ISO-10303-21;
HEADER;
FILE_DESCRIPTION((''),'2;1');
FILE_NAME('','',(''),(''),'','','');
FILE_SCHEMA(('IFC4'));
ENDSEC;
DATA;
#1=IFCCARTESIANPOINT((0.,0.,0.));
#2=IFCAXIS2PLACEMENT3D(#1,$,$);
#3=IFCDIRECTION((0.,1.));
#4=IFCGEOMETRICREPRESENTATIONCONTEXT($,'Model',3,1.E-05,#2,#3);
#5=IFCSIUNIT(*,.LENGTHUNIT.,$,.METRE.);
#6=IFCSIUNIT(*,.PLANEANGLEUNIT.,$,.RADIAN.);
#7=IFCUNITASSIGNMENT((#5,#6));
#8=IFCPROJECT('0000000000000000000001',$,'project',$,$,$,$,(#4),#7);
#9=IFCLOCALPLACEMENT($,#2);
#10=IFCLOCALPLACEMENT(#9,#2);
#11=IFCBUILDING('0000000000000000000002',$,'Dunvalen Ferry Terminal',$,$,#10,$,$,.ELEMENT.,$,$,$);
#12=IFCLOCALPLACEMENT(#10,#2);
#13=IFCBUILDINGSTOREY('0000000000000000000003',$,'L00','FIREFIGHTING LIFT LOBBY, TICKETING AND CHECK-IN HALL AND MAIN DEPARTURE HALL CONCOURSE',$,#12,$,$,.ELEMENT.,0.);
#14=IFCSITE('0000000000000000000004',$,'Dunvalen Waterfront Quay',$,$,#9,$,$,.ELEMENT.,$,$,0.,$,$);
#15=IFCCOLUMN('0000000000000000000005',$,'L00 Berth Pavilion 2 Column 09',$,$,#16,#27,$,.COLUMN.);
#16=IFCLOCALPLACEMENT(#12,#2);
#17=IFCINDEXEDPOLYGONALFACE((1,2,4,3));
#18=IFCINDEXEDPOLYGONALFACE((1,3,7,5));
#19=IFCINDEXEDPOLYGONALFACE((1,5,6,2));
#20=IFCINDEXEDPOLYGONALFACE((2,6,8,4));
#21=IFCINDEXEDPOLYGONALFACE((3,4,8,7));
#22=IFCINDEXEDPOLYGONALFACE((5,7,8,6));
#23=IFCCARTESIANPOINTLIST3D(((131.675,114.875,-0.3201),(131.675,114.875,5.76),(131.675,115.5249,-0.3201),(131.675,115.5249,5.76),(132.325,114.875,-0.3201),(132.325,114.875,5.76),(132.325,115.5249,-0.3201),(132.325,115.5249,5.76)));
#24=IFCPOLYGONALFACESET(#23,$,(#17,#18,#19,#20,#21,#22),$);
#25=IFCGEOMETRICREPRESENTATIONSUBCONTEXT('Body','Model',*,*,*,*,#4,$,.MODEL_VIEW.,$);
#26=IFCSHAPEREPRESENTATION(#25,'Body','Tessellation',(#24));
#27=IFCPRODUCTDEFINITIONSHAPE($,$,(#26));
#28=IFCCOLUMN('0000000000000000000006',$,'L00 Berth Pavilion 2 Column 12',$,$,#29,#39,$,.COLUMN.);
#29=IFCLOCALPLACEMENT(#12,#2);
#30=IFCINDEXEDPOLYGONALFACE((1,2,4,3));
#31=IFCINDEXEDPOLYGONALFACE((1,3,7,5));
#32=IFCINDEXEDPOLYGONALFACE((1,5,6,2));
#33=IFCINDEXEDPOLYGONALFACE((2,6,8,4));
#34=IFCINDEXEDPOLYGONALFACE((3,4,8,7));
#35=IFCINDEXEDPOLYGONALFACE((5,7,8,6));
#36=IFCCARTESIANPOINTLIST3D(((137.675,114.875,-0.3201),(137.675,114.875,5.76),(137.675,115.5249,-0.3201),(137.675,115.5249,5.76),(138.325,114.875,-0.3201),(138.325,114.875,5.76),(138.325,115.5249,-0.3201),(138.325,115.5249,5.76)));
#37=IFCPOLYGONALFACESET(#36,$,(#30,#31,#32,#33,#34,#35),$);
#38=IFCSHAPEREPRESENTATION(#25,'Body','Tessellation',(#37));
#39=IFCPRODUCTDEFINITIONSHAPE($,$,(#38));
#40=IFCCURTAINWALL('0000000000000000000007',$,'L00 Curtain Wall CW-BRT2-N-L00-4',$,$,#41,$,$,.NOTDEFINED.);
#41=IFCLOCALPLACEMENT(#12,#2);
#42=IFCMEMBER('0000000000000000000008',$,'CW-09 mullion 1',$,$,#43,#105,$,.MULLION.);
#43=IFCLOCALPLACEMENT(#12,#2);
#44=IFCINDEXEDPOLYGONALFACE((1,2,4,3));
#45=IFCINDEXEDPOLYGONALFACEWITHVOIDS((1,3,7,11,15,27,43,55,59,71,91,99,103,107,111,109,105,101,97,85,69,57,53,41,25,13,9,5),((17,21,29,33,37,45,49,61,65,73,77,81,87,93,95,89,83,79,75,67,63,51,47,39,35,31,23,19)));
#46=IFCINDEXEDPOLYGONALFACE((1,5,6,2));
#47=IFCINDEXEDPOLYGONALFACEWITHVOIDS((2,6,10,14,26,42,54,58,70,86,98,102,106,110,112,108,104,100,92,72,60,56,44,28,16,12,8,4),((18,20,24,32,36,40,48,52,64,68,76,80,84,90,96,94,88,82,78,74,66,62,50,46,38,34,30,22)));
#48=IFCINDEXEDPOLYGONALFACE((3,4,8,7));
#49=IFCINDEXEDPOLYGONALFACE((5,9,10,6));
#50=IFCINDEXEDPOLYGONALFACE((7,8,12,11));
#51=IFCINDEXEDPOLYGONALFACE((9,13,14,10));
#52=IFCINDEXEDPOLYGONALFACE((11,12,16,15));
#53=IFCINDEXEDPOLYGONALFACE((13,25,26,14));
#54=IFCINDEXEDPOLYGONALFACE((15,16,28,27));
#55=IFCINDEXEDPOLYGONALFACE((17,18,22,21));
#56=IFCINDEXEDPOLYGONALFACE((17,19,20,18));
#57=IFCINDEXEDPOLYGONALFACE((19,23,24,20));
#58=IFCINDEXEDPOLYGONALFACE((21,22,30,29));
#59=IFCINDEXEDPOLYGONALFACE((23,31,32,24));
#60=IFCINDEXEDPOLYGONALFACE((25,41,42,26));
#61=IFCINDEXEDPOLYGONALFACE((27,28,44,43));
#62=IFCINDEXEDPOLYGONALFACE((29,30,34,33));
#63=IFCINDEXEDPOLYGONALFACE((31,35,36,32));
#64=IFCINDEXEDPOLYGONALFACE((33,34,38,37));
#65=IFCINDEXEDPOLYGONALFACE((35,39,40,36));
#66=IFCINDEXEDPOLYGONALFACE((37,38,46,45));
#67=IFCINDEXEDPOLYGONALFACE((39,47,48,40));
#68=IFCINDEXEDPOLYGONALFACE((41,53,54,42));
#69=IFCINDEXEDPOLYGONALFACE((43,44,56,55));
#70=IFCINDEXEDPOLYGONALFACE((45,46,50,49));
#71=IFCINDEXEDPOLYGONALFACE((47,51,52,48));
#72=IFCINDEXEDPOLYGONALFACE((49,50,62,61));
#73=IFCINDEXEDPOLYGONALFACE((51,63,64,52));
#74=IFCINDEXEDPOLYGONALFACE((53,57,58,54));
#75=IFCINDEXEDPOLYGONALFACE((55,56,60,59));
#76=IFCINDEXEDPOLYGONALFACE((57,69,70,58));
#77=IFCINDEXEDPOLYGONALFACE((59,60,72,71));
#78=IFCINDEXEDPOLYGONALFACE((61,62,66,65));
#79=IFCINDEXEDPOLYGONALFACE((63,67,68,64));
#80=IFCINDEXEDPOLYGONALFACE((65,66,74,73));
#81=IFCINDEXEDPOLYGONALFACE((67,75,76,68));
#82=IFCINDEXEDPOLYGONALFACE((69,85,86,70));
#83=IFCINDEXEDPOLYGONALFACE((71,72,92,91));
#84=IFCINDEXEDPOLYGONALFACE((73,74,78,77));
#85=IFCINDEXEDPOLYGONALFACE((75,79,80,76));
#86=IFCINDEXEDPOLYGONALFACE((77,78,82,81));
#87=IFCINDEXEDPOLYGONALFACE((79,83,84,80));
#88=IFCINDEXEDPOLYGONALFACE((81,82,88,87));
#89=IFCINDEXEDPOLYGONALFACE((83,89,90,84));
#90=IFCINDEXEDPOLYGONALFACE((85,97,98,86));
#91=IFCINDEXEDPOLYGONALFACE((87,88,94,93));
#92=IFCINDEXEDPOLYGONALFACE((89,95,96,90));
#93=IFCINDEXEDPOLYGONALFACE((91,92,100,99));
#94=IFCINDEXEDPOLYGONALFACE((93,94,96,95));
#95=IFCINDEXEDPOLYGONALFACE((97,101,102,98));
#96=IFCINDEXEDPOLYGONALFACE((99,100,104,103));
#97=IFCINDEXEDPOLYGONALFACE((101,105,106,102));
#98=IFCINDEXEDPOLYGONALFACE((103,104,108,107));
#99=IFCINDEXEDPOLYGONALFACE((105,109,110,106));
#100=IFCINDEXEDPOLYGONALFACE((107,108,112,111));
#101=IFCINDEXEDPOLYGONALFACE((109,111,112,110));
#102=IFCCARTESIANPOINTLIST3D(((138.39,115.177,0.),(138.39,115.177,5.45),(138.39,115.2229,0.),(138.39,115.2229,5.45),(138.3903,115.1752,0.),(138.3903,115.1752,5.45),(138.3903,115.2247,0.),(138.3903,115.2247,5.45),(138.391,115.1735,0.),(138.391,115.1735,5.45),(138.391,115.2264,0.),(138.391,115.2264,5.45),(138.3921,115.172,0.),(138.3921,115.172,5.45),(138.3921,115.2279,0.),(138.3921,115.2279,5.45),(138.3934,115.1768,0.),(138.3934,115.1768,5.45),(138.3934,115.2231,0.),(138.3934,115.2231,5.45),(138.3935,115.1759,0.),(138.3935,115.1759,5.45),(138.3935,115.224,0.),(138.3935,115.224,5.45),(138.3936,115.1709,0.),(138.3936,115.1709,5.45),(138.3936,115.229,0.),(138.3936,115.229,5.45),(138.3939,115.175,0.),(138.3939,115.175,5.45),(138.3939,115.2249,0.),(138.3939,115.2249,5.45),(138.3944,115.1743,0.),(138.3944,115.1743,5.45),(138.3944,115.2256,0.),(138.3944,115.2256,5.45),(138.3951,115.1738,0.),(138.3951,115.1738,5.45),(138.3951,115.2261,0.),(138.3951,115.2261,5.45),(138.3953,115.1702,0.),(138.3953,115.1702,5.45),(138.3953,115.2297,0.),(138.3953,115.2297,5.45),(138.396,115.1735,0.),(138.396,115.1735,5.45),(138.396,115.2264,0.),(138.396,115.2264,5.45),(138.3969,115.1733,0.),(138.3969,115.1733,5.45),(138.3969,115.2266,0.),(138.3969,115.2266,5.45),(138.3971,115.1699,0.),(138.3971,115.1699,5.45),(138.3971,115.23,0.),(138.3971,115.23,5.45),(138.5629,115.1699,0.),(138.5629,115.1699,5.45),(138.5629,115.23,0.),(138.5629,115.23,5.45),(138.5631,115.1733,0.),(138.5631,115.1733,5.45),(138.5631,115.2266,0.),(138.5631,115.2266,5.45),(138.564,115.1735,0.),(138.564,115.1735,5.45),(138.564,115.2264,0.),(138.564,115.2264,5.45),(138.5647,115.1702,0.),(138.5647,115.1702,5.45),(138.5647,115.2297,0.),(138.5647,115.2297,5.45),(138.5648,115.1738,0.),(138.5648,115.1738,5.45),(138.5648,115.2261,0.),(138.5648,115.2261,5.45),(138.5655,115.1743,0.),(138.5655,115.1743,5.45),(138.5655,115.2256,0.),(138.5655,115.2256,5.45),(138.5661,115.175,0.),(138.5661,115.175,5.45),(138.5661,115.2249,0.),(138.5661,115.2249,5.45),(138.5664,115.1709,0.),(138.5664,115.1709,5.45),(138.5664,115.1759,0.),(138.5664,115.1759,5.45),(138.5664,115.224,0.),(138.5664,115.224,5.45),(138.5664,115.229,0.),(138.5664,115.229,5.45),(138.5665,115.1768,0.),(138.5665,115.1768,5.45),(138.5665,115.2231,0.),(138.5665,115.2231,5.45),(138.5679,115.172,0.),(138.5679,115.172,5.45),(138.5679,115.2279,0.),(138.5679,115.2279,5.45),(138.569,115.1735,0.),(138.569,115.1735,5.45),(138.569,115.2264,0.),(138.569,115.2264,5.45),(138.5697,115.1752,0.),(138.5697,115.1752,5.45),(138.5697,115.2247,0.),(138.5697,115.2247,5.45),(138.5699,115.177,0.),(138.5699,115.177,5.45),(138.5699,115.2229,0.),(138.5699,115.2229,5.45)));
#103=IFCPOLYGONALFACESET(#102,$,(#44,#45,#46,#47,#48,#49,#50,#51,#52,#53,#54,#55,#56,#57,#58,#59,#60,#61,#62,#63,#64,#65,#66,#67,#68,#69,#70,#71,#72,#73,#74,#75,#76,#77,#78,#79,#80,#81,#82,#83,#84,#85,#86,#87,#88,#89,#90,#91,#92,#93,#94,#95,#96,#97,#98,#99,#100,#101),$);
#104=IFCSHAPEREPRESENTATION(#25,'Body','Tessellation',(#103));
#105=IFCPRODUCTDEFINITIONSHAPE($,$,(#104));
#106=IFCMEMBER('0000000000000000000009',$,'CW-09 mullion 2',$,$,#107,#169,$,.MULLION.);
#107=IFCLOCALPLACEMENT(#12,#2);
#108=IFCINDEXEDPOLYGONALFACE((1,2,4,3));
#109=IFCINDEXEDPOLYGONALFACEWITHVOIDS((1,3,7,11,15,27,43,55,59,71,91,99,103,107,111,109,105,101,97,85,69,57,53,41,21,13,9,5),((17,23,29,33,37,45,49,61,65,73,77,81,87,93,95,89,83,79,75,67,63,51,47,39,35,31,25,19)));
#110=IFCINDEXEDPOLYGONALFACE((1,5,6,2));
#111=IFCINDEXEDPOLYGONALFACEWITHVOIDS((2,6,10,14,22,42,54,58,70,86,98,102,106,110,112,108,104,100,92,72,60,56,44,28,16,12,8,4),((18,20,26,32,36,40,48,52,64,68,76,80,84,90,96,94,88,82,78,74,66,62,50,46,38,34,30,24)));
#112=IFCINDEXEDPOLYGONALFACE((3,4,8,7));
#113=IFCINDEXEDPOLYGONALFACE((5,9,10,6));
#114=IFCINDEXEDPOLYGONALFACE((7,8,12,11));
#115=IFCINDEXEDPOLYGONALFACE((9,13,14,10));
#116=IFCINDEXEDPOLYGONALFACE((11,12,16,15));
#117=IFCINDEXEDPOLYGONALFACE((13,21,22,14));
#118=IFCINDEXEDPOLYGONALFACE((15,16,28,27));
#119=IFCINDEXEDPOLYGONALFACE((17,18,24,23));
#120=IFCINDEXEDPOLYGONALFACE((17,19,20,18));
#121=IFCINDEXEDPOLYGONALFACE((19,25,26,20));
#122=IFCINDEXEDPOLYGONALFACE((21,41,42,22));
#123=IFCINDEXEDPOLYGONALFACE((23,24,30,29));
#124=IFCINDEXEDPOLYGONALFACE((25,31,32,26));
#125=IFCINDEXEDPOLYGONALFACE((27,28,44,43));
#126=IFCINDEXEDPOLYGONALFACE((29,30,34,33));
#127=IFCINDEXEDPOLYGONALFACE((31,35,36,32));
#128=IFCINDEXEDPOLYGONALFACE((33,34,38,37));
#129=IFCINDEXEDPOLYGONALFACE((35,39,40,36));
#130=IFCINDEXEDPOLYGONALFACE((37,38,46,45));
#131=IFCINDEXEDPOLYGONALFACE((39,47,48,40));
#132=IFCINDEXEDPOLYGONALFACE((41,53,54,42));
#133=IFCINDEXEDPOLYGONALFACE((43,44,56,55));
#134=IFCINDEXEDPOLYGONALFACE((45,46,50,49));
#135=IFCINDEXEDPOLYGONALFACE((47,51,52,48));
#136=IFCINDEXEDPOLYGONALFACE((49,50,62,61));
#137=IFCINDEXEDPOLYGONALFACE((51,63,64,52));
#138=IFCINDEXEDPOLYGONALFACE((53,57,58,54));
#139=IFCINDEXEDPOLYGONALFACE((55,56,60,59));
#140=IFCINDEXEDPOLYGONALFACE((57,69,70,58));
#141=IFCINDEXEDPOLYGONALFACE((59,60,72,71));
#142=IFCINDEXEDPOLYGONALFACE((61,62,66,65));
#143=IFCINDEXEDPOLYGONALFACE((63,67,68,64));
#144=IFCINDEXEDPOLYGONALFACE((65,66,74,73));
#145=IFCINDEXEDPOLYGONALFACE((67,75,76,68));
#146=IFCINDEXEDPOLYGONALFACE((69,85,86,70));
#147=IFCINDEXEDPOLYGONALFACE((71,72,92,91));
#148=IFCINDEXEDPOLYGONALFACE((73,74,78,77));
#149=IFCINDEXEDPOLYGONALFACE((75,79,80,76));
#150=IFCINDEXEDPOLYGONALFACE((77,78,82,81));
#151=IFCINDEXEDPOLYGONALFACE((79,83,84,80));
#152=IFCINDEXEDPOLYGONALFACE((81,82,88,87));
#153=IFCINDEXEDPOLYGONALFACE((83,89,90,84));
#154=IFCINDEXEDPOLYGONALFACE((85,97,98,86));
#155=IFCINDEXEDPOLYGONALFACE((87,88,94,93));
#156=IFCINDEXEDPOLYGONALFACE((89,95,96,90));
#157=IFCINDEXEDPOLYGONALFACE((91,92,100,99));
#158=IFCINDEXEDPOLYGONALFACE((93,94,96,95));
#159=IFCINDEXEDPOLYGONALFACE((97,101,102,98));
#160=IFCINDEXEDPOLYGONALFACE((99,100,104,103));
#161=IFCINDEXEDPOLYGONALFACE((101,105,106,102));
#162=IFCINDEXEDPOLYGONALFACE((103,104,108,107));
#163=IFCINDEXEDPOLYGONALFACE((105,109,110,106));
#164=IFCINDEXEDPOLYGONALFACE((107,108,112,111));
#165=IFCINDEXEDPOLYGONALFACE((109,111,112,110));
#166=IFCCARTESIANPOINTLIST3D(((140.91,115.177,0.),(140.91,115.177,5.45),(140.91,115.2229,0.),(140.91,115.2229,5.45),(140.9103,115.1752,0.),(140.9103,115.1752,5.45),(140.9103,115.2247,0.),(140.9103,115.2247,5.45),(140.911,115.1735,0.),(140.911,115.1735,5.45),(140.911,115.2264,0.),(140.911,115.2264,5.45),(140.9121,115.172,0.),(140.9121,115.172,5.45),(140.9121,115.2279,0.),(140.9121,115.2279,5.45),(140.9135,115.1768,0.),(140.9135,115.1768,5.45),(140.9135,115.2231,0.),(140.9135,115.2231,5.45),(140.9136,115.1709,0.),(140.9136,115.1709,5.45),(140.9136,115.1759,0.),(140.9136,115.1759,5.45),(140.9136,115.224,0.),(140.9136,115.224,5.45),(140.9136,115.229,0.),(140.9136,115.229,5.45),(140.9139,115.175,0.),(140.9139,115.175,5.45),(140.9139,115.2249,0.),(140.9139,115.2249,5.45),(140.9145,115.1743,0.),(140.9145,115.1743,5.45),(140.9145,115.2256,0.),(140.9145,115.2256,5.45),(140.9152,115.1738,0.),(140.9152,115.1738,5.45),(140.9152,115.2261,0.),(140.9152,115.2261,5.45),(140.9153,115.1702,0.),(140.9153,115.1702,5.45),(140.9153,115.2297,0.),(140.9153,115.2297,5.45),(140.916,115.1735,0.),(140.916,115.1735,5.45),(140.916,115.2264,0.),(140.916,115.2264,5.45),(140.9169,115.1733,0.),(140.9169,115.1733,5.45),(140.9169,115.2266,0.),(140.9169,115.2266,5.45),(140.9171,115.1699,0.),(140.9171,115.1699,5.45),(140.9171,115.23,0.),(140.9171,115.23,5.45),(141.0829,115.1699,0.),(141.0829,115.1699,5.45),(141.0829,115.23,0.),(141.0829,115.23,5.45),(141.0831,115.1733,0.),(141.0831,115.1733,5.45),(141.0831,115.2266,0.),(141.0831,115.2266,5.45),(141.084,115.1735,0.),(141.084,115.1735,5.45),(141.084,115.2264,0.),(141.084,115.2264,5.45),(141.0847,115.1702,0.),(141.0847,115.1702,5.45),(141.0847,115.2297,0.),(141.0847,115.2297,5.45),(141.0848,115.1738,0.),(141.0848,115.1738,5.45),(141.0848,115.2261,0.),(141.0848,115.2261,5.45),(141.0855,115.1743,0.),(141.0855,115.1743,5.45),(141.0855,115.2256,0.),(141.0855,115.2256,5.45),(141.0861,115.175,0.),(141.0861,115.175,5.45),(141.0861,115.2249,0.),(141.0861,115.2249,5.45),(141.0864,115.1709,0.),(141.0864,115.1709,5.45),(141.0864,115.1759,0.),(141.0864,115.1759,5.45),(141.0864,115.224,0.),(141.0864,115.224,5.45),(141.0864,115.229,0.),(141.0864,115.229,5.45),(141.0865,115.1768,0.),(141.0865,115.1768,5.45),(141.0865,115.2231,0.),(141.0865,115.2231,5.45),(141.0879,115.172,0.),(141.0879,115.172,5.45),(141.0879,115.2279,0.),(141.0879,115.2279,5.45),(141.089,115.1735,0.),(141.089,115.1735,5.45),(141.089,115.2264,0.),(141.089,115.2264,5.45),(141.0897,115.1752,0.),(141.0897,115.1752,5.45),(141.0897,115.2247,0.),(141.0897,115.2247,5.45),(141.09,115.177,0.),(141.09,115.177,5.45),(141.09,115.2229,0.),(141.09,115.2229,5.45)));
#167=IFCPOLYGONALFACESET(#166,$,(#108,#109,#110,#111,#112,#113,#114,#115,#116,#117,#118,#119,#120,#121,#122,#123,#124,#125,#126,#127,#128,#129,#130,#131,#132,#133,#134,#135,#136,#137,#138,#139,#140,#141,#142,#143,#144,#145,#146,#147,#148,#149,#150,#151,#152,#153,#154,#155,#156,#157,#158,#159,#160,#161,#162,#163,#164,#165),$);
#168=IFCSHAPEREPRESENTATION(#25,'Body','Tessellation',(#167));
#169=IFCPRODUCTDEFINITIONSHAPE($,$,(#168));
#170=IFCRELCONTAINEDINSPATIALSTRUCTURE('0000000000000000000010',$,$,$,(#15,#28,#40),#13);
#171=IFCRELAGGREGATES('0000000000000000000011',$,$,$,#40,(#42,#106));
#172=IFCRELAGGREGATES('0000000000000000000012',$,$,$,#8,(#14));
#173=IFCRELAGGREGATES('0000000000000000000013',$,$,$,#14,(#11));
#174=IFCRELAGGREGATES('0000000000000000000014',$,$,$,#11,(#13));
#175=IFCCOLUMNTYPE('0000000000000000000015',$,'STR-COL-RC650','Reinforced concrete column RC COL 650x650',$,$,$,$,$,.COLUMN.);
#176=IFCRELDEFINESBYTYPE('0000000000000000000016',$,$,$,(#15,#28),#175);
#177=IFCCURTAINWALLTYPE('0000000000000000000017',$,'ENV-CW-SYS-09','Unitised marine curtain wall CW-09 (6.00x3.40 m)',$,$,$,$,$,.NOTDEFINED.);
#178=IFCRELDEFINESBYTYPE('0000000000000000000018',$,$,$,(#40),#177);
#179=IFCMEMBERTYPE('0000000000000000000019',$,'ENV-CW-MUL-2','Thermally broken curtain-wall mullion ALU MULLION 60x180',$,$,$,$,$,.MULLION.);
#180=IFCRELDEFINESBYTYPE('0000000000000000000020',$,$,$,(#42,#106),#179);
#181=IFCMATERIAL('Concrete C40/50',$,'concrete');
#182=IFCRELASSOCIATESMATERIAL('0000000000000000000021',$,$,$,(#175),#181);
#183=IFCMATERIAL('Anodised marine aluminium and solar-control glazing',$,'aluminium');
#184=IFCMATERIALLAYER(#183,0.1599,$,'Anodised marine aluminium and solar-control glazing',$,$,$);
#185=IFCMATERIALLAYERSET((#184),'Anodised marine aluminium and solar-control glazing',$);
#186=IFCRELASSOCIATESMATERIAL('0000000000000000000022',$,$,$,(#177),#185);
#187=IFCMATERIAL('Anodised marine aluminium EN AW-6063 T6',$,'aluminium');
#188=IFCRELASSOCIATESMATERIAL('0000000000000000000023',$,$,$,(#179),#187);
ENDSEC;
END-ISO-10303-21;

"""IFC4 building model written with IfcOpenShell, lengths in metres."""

from ifc_helpers import new_model, si_unit, direction, frame, origin, origin_2d, place, context, subcontext, project, spatial, rectangle, hollow_rectangle, extrude, material, layer, layer_set, material_profile, profile_set, type_object, element, aggregate, save


model = new_model("IFC4")

# Units and contexts
model_context = context("Model", 3, precision=1e-05, world=origin(), true_north=direction((0.0, 1.0)))
body_context = subcontext(model_context, "Body", "Model", "MODEL_VIEW")
ifc_project = project(units=[si_unit("LENGTHUNIT", "METRE"), si_unit("PLANEANGLEUNIT", "RADIAN")], contexts=[model_context])

# Site, building, storey
site_placement = place(None, origin())
site = spatial("IfcSite", under=ifc_project, at=site_placement, Name="Dunvalen Waterfront Quay", CompositionType="ELEMENT", RefElevation=0.0)
building_placement = place(site_placement, origin())
building = spatial("IfcBuilding", under=site, at=building_placement, Name="Dunvalen Ferry Terminal", CompositionType="ELEMENT")
storey_placement = place(building_placement, origin())
storey = spatial("IfcBuildingStorey", under=building, at=storey_placement, Name="L00", Description="FIREFIGHTING LIFT LOBBY, TICKETING AND CHECK-IN HALL AND MAIN DEPARTURE HALL CONCOURSE", CompositionType="ELEMENT", Elevation=0.0)

# Shared definitions
ifc_material_1 = material(Name="Concrete C40/50", Category="concrete")

# Columns
ifc_material_profile_1 = material_profile(ifc_material_1, rectangle(XDim=0.6499, YDim=0.6499, at=origin_2d()), Name="Concrete C40/50")
ifc_profile_set_1 = profile_set([ifc_material_profile_1], Name="Concrete C40/50")
column_type = type_object("IfcColumnType", Name="STR-COL-RC650", Description="Reinforced concrete column RC COL 650x650", PredefinedType="COLUMN", material=ifc_profile_set_1)
for number, where, z_axis, x_axis, name in (
    (1, (132.0, 115.2, -0.3201), (0.0, 0.0, 1.0), (1.0, 0.0, 0.0), "L00 Berth Pavilion 2 Column 09"),
    (2, (138.0, 115.2, -0.3201), (0.0, 0.0, 1.0), (1.0, 0.0, 0.0), "L00 Berth Pavilion 2 Column 12"),
):
    element("IfcColumn", number, at=place(storey_placement, frame(where, z_axis=z_axis, x_axis=x_axis)), inside=storey, type_object=column_type, Name=name, PredefinedType="COLUMN", context=body_context, shape_type="SweptSolid", body=[
        extrude(rectangle(XDim=0.6499, YDim=0.6499, at=origin_2d()), origin(), (0.0, 0.0, 1.0), 6.0801),
    ])

# Curtain wall, members
ifc_material_2 = material(Name="Anodised marine aluminium and solar-control glazing", Category="aluminium")
ifc_layer_1 = layer(ifc_material_2, 0.1599, Name="Anodised marine aluminium and solar-control glazing")
ifc_layer_set_1 = layer_set([ifc_layer_1], Name="Anodised marine aluminium and solar-control glazing")
curtain_wall_type = type_object("IfcCurtainWallType", Name="ENV-CW-SYS-09", Description="Unitised marine curtain wall CW-09 (6.00x3.40 m)", PredefinedType="NOTDEFINED", material=ifc_layer_set_1)
curtain_wall_placement = place(storey_placement, origin())
curtain_wall = element("IfcCurtainWall", 3, at=curtain_wall_placement, inside=storey, type_object=curtain_wall_type, Name="L00 Curtain Wall CW-BRT2-N-L00-4", PredefinedType="NOTDEFINED")
ifc_material_3 = material(Name="Anodised marine aluminium EN AW-6063 T6", Category="aluminium")
ifc_material_profile_2 = material_profile(ifc_material_3, hollow_rectangle(XDim=0.0601, YDim=0.1799, WallThickness=0.0034, InnerFilletRadius=0.0034, OuterFilletRadius=0.0071, at=origin_2d()), Name="Anodised marine aluminium EN AW-6063 T6")
ifc_profile_set_2 = profile_set([ifc_material_profile_2], Name="Anodised marine aluminium EN AW-6063 T6")
member_type_1 = type_object("IfcMemberType", Name="ENV-CW-MUL-2", Description="Thermally broken curtain-wall mullion ALU MULLION 60x180", PredefinedType="MULLION", material=ifc_profile_set_2)
member_1_placement = place(storey_placement, frame((138.48, 115.2, 0.0), z_axis=(0.0, 0.0, 1.0), x_axis=(0.0, 1.0, 0.0)))
member_1 = element("IfcMember", 4, at=member_1_placement, type_object=member_type_1, Name="CW-09 mullion 1", PredefinedType="MULLION", context=body_context, shape_type="SweptSolid", body=[
    extrude(hollow_rectangle(XDim=0.0601, YDim=0.1799, WallThickness=0.0034, InnerFilletRadius=0.0034, OuterFilletRadius=0.0071, at=origin_2d()), origin(), (0.0, 0.0, 1.0), 5.45),
])
member_2_placement = place(storey_placement, frame((141.0, 115.2, 0.0), z_axis=(0.0, 0.0, 1.0), x_axis=(0.0, 1.0, 0.0)))
member_2 = element("IfcMember", 5, at=member_2_placement, type_object=member_type_1, Name="CW-09 mullion 2", PredefinedType="MULLION", context=body_context, shape_type="SweptSolid", body=[
    extrude(hollow_rectangle(XDim=0.0601, YDim=0.1799, WallThickness=0.0034, InnerFilletRadius=0.0034, OuterFilletRadius=0.0071, at=origin_2d()), origin(), (0.0, 0.0, 1.0), 5.45),
])
aggregate(curtain_wall, [member_1, member_2])

save(model, "model.ifc")
